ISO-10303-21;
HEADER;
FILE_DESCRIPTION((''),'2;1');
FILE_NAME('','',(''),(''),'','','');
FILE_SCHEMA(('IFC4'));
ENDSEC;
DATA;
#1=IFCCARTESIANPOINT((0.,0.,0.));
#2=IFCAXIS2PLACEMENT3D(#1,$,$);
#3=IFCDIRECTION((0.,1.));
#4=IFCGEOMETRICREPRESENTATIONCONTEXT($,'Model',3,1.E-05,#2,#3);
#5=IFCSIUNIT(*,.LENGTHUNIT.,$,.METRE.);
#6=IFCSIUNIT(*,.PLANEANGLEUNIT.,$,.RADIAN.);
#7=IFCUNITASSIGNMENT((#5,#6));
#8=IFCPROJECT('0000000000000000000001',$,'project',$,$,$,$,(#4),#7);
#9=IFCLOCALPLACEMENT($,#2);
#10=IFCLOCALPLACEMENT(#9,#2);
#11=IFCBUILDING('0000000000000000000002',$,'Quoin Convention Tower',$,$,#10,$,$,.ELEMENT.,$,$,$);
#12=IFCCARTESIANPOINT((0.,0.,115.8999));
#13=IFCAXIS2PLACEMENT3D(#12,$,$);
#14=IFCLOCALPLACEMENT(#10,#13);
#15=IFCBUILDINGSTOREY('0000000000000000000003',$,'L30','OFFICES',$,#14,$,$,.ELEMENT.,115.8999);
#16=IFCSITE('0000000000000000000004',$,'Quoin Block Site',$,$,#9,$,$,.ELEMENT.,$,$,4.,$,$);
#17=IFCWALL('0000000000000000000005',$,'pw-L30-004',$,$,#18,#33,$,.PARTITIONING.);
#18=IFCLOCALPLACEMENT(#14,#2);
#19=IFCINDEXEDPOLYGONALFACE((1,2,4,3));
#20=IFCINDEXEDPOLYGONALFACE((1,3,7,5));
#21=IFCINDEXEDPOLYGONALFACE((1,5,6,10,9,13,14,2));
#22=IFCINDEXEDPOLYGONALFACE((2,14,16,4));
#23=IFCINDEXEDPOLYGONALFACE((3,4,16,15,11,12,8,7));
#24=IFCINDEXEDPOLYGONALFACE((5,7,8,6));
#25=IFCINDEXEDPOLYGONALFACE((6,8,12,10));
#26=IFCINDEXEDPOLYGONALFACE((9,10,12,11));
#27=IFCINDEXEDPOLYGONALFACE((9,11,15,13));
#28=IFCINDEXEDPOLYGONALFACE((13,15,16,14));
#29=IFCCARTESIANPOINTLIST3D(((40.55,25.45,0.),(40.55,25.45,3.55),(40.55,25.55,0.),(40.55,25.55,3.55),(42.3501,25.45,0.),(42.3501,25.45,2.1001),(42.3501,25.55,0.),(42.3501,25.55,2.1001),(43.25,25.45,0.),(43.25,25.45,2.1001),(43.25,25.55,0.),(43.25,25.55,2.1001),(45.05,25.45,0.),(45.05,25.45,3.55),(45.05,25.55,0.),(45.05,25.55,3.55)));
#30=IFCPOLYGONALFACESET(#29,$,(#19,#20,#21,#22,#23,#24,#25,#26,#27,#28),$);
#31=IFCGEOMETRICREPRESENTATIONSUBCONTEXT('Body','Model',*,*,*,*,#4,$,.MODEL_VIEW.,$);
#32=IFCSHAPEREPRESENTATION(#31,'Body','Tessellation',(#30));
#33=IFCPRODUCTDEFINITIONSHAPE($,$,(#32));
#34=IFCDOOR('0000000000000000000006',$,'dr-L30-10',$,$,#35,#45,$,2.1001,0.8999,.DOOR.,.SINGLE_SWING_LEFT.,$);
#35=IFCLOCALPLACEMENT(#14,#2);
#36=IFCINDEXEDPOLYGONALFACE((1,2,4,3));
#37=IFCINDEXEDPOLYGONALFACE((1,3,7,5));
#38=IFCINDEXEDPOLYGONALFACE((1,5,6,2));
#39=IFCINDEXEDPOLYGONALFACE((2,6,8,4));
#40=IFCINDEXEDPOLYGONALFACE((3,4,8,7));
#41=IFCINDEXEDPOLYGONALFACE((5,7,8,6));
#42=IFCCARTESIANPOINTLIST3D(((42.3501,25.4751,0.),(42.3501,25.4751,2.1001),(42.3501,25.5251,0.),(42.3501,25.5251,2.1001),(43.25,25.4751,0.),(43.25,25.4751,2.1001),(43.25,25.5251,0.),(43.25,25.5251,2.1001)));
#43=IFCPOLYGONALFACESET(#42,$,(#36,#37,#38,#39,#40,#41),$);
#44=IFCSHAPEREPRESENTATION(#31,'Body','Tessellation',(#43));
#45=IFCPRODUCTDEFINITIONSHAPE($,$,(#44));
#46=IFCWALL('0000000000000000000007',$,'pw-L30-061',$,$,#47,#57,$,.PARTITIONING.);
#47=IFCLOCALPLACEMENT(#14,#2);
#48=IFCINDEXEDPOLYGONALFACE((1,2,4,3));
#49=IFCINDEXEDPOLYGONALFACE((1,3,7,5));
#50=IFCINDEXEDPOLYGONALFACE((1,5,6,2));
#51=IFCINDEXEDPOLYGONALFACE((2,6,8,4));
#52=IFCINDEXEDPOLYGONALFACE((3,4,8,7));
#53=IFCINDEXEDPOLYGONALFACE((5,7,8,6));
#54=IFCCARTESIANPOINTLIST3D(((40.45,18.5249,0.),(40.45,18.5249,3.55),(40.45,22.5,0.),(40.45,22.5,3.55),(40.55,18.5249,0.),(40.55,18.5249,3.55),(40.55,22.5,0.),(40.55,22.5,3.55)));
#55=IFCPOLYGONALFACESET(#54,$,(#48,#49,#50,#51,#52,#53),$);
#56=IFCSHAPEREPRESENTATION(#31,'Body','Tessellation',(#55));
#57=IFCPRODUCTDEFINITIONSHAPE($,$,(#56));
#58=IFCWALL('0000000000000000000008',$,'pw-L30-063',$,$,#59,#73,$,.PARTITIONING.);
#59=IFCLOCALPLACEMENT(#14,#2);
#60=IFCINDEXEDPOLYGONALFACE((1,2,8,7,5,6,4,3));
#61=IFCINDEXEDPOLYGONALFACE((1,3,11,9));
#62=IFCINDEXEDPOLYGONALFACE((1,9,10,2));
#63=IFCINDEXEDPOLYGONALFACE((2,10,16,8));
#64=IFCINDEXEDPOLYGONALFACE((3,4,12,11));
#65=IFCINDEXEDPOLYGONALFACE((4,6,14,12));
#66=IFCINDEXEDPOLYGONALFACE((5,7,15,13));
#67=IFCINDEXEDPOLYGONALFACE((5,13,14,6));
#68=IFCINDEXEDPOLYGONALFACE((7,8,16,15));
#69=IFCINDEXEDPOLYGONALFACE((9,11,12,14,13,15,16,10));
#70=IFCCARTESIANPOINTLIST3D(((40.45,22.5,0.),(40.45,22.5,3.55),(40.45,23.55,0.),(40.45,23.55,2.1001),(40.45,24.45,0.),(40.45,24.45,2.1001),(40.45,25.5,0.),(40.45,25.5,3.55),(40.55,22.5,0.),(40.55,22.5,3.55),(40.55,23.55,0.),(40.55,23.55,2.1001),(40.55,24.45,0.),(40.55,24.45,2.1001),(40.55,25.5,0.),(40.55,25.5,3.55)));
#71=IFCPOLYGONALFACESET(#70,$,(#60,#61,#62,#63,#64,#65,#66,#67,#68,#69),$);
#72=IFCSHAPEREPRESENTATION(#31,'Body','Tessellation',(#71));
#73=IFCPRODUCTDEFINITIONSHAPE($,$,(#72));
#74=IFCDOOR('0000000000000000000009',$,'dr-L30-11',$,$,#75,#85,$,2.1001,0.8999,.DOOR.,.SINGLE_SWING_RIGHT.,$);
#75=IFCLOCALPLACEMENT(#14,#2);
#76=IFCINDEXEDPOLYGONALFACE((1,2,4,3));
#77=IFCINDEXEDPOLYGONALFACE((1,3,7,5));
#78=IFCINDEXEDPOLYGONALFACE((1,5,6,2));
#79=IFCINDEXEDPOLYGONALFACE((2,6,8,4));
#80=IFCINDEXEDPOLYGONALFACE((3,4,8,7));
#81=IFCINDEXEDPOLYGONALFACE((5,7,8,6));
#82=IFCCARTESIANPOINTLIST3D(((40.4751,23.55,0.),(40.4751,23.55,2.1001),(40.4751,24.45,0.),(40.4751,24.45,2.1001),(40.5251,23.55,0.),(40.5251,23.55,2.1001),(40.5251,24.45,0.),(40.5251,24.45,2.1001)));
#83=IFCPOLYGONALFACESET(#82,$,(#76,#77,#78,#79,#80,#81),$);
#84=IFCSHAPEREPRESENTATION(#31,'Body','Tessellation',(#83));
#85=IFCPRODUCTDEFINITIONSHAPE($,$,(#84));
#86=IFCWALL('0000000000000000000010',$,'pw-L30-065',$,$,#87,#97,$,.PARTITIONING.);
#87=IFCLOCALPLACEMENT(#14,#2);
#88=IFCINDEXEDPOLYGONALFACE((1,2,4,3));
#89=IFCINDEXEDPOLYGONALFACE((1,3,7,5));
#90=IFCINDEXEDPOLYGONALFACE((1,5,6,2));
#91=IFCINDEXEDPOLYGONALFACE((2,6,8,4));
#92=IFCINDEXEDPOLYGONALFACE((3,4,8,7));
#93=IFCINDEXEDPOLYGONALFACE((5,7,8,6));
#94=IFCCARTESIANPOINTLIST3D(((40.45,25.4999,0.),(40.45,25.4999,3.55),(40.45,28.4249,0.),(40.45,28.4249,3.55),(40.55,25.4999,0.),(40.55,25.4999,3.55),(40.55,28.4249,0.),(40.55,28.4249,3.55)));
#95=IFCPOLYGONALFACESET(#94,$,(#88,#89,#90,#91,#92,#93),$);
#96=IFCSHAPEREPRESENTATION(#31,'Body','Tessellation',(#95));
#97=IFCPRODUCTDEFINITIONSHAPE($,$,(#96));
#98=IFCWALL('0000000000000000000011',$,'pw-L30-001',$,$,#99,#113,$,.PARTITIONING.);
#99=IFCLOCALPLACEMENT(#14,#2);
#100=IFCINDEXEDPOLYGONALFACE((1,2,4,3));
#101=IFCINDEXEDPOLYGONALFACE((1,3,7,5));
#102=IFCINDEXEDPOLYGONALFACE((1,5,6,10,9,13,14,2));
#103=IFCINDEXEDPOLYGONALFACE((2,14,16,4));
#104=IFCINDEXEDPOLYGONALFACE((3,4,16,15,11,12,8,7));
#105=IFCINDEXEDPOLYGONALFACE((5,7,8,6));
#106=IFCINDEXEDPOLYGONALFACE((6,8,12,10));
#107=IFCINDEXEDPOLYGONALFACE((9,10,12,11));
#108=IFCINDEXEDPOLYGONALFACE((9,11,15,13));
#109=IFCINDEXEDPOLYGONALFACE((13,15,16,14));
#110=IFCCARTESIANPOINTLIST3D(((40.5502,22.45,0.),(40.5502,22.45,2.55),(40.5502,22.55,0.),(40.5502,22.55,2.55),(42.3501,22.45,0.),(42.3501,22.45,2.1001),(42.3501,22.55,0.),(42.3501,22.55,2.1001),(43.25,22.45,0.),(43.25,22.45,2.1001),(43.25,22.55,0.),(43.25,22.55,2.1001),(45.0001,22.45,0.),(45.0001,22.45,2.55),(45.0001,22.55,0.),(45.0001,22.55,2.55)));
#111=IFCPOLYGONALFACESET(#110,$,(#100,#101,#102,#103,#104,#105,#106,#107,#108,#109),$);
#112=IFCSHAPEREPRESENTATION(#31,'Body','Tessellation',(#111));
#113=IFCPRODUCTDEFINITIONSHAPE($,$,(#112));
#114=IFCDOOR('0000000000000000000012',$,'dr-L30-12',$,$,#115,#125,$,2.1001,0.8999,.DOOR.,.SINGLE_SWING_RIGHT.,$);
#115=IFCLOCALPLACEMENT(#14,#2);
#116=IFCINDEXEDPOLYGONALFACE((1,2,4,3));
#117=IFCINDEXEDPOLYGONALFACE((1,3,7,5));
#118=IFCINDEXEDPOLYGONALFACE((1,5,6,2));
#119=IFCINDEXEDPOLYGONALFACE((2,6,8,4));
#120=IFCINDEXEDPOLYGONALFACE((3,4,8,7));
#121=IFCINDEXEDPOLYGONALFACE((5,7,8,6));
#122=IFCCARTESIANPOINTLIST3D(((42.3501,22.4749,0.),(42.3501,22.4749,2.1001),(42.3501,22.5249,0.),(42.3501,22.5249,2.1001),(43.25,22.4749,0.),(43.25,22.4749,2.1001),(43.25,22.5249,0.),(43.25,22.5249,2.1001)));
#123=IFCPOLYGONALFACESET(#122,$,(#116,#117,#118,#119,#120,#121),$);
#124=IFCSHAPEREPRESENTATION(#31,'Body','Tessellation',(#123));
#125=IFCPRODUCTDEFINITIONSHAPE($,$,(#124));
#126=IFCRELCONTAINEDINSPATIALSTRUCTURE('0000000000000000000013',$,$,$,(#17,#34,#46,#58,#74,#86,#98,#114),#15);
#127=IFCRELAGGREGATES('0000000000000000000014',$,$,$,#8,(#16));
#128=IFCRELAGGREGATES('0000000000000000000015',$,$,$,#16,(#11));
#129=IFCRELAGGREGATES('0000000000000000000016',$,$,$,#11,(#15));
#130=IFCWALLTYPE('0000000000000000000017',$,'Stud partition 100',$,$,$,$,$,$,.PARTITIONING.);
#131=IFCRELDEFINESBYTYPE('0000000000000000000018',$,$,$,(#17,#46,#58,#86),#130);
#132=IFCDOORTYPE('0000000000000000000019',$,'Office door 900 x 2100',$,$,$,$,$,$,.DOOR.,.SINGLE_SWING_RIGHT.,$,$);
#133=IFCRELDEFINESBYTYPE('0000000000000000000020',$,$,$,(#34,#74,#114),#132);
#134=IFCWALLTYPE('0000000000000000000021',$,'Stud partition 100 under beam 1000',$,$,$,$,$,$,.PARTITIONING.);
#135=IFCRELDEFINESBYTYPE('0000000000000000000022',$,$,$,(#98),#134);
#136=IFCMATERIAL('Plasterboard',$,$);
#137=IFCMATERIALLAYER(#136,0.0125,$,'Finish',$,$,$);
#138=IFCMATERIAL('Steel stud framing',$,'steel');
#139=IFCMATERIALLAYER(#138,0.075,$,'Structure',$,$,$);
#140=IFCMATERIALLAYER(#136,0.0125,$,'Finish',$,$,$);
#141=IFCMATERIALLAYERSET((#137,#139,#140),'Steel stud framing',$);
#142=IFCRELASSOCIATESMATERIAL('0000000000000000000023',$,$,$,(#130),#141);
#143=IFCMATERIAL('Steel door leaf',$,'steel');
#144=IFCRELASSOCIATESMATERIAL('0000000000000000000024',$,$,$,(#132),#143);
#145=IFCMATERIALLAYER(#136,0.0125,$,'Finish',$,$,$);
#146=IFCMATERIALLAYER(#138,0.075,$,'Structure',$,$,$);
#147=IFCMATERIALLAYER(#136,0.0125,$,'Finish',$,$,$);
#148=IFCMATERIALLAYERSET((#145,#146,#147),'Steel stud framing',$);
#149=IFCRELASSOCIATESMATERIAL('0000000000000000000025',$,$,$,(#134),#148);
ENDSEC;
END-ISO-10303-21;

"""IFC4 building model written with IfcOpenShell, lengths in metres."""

from ifc_helpers import new_model, si_unit, direction, frame, frame_2d, origin, place, context, subcontext, project, spatial, rectangle, extrude, material, layer, layer_set, type_object, element, fill, save


model = new_model("IFC4")

# Units and contexts
model_context = context("Model", 3, precision=1e-05, world=origin(), true_north=direction((0.0, 1.0)))
body_context = subcontext(model_context, "Body", "Model", "MODEL_VIEW")
ifc_project = project(units=[si_unit("LENGTHUNIT", "METRE"), si_unit("PLANEANGLEUNIT", "RADIAN")], contexts=[model_context])

# Site, building, storey
site_placement = place(None, origin())
site = spatial("IfcSite", under=ifc_project, at=site_placement, Name="Quoin Block Site", CompositionType="ELEMENT", RefElevation=4.0)
building_placement = place(site_placement, origin())
building = spatial("IfcBuilding", under=site, at=building_placement, Name="Quoin Convention Tower", CompositionType="ELEMENT")
storey_placement = place(building_placement, frame((0.0, 0.0, 115.8999)))
storey = spatial("IfcBuildingStorey", under=building, at=storey_placement, Name="L30", Description="OFFICES", CompositionType="ELEMENT", Elevation=115.8999)

# Wall, opening, door
ifc_material_1 = material(Name="Plasterboard")
ifc_material_2 = material(Name="Steel stud framing", Category="steel")
ifc_material_3 = material(Name="Steel door leaf", Category="steel")
ifc_layer_1 = layer(ifc_material_1, 0.0125, Name="Finish")
ifc_layer_2 = layer(ifc_material_2, 0.075, Name="Structure")
ifc_layer_3 = layer(ifc_material_1, 0.0125, Name="Finish")
ifc_layer_set_1 = layer_set([ifc_layer_1, ifc_layer_2, ifc_layer_3], Name="Steel stud framing")
wall_type_1 = type_object("IfcWallType", Name="Stud partition 100", PredefinedType="PARTITIONING", material=ifc_layer_set_1)
wall_1_placement = place(storey_placement, frame((40.55, 25.5, 0.0), z_axis=(0.0, 0.0, 1.0), x_axis=(1.0, 0.0, 0.0)))
wall_1 = element("IfcWall", 1, at=wall_1_placement, inside=storey, type_object=wall_type_1, Name="pw-L30-004", PredefinedType="PARTITIONING", context=body_context, shape_type="SweptSolid", body=[
    extrude(rectangle(XDim=4.5, YDim=0.1001, at=frame_2d((2.25, 0.0))), origin(), (0.0, 0.0, 1.0), 3.55),
])
opening_1_placement = place(wall_1_placement, frame((1.8, 0.0, 0.0)))
opening_1 = element("IfcOpeningElement", 2, at=opening_1_placement, cuts=wall_1, PredefinedType="OPENING", context=body_context, shape_type="SweptSolid", body=[
    extrude(rectangle(XDim=0.8999, YDim=2.1001, at=frame_2d((0.45, 1.05))), frame((0.0, 0.0601, 0.0), z_axis=(0.0, -1.0, 0.0), x_axis=(1.0, 0.0, 0.0)), (0.0, 0.0, 1.0), 0.1201),
])
door_type_1 = type_object("IfcDoorType", Name="Office door 900 x 2100", OperationType="SINGLE_SWING_RIGHT", PredefinedType="DOOR", material=ifc_material_3)
door_1_placement = place(opening_1_placement, frame((0.8999, 0.0, 0.0), z_axis=(0.0, 0.0, 1.0), x_axis=(-1.0, 0.0, 0.0)))
door_1 = element("IfcDoor", 3, at=door_1_placement, inside=storey, type_object=door_type_1, Name="dr-L30-10", OperationType="SINGLE_SWING_LEFT", OverallHeight=2.1001, OverallWidth=0.8999, PredefinedType="DOOR", context=body_context, shape_type="SweptSolid", body=[
    extrude(rectangle(XDim=0.8999, YDim=2.1001, at=frame_2d((0.45, 1.05))), frame((0.0, 0.0249, 0.0), z_axis=(0.0, -1.0, 0.0), x_axis=(1.0, 0.0, 0.0)), (0.0, 0.0, 1.0), 0.05),
])
fill(opening_1, door_1)

# Wall
wall_2_placement = place(storey_placement, frame((40.5, 18.5249, 0.0), z_axis=(0.0, 0.0, 1.0), x_axis=(0.0, 1.0, 0.0)))
element("IfcWall", 4, at=wall_2_placement, inside=storey, type_object=wall_type_1, Name="pw-L30-061", PredefinedType="PARTITIONING", context=body_context, shape_type="SweptSolid", body=[
    extrude(rectangle(XDim=3.9751, YDim=0.1001, at=frame_2d((1.9875, 0.0))), origin(), (0.0, 0.0, 1.0), 3.55),
])

# Wall, opening, door
wall_3_placement = place(storey_placement, frame((40.5, 22.5, 0.0), z_axis=(0.0, 0.0, 1.0), x_axis=(0.0, 1.0, 0.0)))
wall_3 = element("IfcWall", 5, at=wall_3_placement, inside=storey, type_object=wall_type_1, Name="pw-L30-063", PredefinedType="PARTITIONING", context=body_context, shape_type="SweptSolid", body=[
    extrude(rectangle(XDim=3.0, YDim=0.1001, at=frame_2d((1.5, 0.0))), origin(), (0.0, 0.0, 1.0), 3.55),
])
opening_2_placement = place(wall_3_placement, frame((1.05, 0.0, 0.0)))
opening_2 = element("IfcOpeningElement", 6, at=opening_2_placement, cuts=wall_3, PredefinedType="OPENING", context=body_context, shape_type="SweptSolid", body=[
    extrude(rectangle(XDim=0.8999, YDim=2.1001, at=frame_2d((0.45, 1.05))), frame((0.0, 0.0601, 0.0), z_axis=(0.0, -1.0, 0.0), x_axis=(1.0, 0.0, 0.0)), (0.0, 0.0, 1.0), 0.1201),
])
door_2_placement = place(opening_2_placement, origin())
door_2 = element("IfcDoor", 7, at=door_2_placement, inside=storey, type_object=door_type_1, Name="dr-L30-11", OperationType="SINGLE_SWING_RIGHT", OverallHeight=2.1001, OverallWidth=0.8999, PredefinedType="DOOR", context=body_context, shape_type="SweptSolid", body=[
    extrude(rectangle(XDim=0.8999, YDim=2.1001, at=frame_2d((0.45, 1.05))), frame((0.0, 0.0249, 0.0), z_axis=(0.0, -1.0, 0.0), x_axis=(1.0, 0.0, 0.0)), (0.0, 0.0, 1.0), 0.05),
])
fill(opening_2, door_2)

# Wall
wall_4_placement = place(storey_placement, frame((40.5, 25.5, 0.0), z_axis=(0.0, 0.0, 1.0), x_axis=(0.0, 1.0, 0.0)))
element("IfcWall", 8, at=wall_4_placement, inside=storey, type_object=wall_type_1, Name="pw-L30-065", PredefinedType="PARTITIONING", context=body_context, shape_type="SweptSolid", body=[
    extrude(rectangle(XDim=2.925, YDim=0.1001, at=frame_2d((1.4624, 0.0))), origin(), (0.0, 0.0, 1.0), 3.55),
])

# Wall, opening, door
ifc_layer_4 = layer(ifc_material_1, 0.0125, Name="Finish")
ifc_layer_5 = layer(ifc_material_2, 0.075, Name="Structure")
ifc_layer_6 = layer(ifc_material_1, 0.0125, Name="Finish")
ifc_layer_set_2 = layer_set([ifc_layer_4, ifc_layer_5, ifc_layer_6], Name="Steel stud framing")
wall_type_2 = type_object("IfcWallType", Name="Stud partition 100 under beam 1000", PredefinedType="PARTITIONING", material=ifc_layer_set_2)
wall_5_placement = place(storey_placement, frame((40.55, 22.5, 0.0), z_axis=(0.0, 0.0, 1.0), x_axis=(1.0, 0.0, 0.0)))
wall_5 = element("IfcWall", 9, at=wall_5_placement, inside=storey, type_object=wall_type_2, Name="pw-L30-001", PredefinedType="PARTITIONING", context=body_context, shape_type="SweptSolid", body=[
    extrude(rectangle(XDim=4.45, YDim=0.1001, at=frame_2d((2.2251, 0.0))), origin(), (0.0, 0.0, 1.0), 2.55),
])
opening_3_placement = place(wall_5_placement, frame((1.8, 0.0, 0.0)))
opening_3 = element("IfcOpeningElement", 10, at=opening_3_placement, cuts=wall_5, PredefinedType="OPENING", context=body_context, shape_type="SweptSolid", body=[
    extrude(rectangle(XDim=0.8999, YDim=2.1001, at=frame_2d((0.45, 1.05))), frame((0.0, 0.0601, 0.0), z_axis=(0.0, -1.0, 0.0), x_axis=(1.0, 0.0, 0.0)), (0.0, 0.0, 1.0), 0.1201),
])
door_3_placement = place(opening_3_placement, origin())
door_3 = element("IfcDoor", 11, at=door_3_placement, inside=storey, type_object=door_type_1, Name="dr-L30-12", OperationType="SINGLE_SWING_RIGHT", OverallHeight=2.1001, OverallWidth=0.8999, PredefinedType="DOOR", context=body_context, shape_type="SweptSolid", body=[
    extrude(rectangle(XDim=0.8999, YDim=2.1001, at=frame_2d((0.45, 1.05))), frame((0.0, 0.0249, 0.0), z_axis=(0.0, -1.0, 0.0), x_axis=(1.0, 0.0, 0.0)), (0.0, 0.0, 1.0), 0.05),
])
fill(opening_3, door_3)

save(model, "model.ifc")
